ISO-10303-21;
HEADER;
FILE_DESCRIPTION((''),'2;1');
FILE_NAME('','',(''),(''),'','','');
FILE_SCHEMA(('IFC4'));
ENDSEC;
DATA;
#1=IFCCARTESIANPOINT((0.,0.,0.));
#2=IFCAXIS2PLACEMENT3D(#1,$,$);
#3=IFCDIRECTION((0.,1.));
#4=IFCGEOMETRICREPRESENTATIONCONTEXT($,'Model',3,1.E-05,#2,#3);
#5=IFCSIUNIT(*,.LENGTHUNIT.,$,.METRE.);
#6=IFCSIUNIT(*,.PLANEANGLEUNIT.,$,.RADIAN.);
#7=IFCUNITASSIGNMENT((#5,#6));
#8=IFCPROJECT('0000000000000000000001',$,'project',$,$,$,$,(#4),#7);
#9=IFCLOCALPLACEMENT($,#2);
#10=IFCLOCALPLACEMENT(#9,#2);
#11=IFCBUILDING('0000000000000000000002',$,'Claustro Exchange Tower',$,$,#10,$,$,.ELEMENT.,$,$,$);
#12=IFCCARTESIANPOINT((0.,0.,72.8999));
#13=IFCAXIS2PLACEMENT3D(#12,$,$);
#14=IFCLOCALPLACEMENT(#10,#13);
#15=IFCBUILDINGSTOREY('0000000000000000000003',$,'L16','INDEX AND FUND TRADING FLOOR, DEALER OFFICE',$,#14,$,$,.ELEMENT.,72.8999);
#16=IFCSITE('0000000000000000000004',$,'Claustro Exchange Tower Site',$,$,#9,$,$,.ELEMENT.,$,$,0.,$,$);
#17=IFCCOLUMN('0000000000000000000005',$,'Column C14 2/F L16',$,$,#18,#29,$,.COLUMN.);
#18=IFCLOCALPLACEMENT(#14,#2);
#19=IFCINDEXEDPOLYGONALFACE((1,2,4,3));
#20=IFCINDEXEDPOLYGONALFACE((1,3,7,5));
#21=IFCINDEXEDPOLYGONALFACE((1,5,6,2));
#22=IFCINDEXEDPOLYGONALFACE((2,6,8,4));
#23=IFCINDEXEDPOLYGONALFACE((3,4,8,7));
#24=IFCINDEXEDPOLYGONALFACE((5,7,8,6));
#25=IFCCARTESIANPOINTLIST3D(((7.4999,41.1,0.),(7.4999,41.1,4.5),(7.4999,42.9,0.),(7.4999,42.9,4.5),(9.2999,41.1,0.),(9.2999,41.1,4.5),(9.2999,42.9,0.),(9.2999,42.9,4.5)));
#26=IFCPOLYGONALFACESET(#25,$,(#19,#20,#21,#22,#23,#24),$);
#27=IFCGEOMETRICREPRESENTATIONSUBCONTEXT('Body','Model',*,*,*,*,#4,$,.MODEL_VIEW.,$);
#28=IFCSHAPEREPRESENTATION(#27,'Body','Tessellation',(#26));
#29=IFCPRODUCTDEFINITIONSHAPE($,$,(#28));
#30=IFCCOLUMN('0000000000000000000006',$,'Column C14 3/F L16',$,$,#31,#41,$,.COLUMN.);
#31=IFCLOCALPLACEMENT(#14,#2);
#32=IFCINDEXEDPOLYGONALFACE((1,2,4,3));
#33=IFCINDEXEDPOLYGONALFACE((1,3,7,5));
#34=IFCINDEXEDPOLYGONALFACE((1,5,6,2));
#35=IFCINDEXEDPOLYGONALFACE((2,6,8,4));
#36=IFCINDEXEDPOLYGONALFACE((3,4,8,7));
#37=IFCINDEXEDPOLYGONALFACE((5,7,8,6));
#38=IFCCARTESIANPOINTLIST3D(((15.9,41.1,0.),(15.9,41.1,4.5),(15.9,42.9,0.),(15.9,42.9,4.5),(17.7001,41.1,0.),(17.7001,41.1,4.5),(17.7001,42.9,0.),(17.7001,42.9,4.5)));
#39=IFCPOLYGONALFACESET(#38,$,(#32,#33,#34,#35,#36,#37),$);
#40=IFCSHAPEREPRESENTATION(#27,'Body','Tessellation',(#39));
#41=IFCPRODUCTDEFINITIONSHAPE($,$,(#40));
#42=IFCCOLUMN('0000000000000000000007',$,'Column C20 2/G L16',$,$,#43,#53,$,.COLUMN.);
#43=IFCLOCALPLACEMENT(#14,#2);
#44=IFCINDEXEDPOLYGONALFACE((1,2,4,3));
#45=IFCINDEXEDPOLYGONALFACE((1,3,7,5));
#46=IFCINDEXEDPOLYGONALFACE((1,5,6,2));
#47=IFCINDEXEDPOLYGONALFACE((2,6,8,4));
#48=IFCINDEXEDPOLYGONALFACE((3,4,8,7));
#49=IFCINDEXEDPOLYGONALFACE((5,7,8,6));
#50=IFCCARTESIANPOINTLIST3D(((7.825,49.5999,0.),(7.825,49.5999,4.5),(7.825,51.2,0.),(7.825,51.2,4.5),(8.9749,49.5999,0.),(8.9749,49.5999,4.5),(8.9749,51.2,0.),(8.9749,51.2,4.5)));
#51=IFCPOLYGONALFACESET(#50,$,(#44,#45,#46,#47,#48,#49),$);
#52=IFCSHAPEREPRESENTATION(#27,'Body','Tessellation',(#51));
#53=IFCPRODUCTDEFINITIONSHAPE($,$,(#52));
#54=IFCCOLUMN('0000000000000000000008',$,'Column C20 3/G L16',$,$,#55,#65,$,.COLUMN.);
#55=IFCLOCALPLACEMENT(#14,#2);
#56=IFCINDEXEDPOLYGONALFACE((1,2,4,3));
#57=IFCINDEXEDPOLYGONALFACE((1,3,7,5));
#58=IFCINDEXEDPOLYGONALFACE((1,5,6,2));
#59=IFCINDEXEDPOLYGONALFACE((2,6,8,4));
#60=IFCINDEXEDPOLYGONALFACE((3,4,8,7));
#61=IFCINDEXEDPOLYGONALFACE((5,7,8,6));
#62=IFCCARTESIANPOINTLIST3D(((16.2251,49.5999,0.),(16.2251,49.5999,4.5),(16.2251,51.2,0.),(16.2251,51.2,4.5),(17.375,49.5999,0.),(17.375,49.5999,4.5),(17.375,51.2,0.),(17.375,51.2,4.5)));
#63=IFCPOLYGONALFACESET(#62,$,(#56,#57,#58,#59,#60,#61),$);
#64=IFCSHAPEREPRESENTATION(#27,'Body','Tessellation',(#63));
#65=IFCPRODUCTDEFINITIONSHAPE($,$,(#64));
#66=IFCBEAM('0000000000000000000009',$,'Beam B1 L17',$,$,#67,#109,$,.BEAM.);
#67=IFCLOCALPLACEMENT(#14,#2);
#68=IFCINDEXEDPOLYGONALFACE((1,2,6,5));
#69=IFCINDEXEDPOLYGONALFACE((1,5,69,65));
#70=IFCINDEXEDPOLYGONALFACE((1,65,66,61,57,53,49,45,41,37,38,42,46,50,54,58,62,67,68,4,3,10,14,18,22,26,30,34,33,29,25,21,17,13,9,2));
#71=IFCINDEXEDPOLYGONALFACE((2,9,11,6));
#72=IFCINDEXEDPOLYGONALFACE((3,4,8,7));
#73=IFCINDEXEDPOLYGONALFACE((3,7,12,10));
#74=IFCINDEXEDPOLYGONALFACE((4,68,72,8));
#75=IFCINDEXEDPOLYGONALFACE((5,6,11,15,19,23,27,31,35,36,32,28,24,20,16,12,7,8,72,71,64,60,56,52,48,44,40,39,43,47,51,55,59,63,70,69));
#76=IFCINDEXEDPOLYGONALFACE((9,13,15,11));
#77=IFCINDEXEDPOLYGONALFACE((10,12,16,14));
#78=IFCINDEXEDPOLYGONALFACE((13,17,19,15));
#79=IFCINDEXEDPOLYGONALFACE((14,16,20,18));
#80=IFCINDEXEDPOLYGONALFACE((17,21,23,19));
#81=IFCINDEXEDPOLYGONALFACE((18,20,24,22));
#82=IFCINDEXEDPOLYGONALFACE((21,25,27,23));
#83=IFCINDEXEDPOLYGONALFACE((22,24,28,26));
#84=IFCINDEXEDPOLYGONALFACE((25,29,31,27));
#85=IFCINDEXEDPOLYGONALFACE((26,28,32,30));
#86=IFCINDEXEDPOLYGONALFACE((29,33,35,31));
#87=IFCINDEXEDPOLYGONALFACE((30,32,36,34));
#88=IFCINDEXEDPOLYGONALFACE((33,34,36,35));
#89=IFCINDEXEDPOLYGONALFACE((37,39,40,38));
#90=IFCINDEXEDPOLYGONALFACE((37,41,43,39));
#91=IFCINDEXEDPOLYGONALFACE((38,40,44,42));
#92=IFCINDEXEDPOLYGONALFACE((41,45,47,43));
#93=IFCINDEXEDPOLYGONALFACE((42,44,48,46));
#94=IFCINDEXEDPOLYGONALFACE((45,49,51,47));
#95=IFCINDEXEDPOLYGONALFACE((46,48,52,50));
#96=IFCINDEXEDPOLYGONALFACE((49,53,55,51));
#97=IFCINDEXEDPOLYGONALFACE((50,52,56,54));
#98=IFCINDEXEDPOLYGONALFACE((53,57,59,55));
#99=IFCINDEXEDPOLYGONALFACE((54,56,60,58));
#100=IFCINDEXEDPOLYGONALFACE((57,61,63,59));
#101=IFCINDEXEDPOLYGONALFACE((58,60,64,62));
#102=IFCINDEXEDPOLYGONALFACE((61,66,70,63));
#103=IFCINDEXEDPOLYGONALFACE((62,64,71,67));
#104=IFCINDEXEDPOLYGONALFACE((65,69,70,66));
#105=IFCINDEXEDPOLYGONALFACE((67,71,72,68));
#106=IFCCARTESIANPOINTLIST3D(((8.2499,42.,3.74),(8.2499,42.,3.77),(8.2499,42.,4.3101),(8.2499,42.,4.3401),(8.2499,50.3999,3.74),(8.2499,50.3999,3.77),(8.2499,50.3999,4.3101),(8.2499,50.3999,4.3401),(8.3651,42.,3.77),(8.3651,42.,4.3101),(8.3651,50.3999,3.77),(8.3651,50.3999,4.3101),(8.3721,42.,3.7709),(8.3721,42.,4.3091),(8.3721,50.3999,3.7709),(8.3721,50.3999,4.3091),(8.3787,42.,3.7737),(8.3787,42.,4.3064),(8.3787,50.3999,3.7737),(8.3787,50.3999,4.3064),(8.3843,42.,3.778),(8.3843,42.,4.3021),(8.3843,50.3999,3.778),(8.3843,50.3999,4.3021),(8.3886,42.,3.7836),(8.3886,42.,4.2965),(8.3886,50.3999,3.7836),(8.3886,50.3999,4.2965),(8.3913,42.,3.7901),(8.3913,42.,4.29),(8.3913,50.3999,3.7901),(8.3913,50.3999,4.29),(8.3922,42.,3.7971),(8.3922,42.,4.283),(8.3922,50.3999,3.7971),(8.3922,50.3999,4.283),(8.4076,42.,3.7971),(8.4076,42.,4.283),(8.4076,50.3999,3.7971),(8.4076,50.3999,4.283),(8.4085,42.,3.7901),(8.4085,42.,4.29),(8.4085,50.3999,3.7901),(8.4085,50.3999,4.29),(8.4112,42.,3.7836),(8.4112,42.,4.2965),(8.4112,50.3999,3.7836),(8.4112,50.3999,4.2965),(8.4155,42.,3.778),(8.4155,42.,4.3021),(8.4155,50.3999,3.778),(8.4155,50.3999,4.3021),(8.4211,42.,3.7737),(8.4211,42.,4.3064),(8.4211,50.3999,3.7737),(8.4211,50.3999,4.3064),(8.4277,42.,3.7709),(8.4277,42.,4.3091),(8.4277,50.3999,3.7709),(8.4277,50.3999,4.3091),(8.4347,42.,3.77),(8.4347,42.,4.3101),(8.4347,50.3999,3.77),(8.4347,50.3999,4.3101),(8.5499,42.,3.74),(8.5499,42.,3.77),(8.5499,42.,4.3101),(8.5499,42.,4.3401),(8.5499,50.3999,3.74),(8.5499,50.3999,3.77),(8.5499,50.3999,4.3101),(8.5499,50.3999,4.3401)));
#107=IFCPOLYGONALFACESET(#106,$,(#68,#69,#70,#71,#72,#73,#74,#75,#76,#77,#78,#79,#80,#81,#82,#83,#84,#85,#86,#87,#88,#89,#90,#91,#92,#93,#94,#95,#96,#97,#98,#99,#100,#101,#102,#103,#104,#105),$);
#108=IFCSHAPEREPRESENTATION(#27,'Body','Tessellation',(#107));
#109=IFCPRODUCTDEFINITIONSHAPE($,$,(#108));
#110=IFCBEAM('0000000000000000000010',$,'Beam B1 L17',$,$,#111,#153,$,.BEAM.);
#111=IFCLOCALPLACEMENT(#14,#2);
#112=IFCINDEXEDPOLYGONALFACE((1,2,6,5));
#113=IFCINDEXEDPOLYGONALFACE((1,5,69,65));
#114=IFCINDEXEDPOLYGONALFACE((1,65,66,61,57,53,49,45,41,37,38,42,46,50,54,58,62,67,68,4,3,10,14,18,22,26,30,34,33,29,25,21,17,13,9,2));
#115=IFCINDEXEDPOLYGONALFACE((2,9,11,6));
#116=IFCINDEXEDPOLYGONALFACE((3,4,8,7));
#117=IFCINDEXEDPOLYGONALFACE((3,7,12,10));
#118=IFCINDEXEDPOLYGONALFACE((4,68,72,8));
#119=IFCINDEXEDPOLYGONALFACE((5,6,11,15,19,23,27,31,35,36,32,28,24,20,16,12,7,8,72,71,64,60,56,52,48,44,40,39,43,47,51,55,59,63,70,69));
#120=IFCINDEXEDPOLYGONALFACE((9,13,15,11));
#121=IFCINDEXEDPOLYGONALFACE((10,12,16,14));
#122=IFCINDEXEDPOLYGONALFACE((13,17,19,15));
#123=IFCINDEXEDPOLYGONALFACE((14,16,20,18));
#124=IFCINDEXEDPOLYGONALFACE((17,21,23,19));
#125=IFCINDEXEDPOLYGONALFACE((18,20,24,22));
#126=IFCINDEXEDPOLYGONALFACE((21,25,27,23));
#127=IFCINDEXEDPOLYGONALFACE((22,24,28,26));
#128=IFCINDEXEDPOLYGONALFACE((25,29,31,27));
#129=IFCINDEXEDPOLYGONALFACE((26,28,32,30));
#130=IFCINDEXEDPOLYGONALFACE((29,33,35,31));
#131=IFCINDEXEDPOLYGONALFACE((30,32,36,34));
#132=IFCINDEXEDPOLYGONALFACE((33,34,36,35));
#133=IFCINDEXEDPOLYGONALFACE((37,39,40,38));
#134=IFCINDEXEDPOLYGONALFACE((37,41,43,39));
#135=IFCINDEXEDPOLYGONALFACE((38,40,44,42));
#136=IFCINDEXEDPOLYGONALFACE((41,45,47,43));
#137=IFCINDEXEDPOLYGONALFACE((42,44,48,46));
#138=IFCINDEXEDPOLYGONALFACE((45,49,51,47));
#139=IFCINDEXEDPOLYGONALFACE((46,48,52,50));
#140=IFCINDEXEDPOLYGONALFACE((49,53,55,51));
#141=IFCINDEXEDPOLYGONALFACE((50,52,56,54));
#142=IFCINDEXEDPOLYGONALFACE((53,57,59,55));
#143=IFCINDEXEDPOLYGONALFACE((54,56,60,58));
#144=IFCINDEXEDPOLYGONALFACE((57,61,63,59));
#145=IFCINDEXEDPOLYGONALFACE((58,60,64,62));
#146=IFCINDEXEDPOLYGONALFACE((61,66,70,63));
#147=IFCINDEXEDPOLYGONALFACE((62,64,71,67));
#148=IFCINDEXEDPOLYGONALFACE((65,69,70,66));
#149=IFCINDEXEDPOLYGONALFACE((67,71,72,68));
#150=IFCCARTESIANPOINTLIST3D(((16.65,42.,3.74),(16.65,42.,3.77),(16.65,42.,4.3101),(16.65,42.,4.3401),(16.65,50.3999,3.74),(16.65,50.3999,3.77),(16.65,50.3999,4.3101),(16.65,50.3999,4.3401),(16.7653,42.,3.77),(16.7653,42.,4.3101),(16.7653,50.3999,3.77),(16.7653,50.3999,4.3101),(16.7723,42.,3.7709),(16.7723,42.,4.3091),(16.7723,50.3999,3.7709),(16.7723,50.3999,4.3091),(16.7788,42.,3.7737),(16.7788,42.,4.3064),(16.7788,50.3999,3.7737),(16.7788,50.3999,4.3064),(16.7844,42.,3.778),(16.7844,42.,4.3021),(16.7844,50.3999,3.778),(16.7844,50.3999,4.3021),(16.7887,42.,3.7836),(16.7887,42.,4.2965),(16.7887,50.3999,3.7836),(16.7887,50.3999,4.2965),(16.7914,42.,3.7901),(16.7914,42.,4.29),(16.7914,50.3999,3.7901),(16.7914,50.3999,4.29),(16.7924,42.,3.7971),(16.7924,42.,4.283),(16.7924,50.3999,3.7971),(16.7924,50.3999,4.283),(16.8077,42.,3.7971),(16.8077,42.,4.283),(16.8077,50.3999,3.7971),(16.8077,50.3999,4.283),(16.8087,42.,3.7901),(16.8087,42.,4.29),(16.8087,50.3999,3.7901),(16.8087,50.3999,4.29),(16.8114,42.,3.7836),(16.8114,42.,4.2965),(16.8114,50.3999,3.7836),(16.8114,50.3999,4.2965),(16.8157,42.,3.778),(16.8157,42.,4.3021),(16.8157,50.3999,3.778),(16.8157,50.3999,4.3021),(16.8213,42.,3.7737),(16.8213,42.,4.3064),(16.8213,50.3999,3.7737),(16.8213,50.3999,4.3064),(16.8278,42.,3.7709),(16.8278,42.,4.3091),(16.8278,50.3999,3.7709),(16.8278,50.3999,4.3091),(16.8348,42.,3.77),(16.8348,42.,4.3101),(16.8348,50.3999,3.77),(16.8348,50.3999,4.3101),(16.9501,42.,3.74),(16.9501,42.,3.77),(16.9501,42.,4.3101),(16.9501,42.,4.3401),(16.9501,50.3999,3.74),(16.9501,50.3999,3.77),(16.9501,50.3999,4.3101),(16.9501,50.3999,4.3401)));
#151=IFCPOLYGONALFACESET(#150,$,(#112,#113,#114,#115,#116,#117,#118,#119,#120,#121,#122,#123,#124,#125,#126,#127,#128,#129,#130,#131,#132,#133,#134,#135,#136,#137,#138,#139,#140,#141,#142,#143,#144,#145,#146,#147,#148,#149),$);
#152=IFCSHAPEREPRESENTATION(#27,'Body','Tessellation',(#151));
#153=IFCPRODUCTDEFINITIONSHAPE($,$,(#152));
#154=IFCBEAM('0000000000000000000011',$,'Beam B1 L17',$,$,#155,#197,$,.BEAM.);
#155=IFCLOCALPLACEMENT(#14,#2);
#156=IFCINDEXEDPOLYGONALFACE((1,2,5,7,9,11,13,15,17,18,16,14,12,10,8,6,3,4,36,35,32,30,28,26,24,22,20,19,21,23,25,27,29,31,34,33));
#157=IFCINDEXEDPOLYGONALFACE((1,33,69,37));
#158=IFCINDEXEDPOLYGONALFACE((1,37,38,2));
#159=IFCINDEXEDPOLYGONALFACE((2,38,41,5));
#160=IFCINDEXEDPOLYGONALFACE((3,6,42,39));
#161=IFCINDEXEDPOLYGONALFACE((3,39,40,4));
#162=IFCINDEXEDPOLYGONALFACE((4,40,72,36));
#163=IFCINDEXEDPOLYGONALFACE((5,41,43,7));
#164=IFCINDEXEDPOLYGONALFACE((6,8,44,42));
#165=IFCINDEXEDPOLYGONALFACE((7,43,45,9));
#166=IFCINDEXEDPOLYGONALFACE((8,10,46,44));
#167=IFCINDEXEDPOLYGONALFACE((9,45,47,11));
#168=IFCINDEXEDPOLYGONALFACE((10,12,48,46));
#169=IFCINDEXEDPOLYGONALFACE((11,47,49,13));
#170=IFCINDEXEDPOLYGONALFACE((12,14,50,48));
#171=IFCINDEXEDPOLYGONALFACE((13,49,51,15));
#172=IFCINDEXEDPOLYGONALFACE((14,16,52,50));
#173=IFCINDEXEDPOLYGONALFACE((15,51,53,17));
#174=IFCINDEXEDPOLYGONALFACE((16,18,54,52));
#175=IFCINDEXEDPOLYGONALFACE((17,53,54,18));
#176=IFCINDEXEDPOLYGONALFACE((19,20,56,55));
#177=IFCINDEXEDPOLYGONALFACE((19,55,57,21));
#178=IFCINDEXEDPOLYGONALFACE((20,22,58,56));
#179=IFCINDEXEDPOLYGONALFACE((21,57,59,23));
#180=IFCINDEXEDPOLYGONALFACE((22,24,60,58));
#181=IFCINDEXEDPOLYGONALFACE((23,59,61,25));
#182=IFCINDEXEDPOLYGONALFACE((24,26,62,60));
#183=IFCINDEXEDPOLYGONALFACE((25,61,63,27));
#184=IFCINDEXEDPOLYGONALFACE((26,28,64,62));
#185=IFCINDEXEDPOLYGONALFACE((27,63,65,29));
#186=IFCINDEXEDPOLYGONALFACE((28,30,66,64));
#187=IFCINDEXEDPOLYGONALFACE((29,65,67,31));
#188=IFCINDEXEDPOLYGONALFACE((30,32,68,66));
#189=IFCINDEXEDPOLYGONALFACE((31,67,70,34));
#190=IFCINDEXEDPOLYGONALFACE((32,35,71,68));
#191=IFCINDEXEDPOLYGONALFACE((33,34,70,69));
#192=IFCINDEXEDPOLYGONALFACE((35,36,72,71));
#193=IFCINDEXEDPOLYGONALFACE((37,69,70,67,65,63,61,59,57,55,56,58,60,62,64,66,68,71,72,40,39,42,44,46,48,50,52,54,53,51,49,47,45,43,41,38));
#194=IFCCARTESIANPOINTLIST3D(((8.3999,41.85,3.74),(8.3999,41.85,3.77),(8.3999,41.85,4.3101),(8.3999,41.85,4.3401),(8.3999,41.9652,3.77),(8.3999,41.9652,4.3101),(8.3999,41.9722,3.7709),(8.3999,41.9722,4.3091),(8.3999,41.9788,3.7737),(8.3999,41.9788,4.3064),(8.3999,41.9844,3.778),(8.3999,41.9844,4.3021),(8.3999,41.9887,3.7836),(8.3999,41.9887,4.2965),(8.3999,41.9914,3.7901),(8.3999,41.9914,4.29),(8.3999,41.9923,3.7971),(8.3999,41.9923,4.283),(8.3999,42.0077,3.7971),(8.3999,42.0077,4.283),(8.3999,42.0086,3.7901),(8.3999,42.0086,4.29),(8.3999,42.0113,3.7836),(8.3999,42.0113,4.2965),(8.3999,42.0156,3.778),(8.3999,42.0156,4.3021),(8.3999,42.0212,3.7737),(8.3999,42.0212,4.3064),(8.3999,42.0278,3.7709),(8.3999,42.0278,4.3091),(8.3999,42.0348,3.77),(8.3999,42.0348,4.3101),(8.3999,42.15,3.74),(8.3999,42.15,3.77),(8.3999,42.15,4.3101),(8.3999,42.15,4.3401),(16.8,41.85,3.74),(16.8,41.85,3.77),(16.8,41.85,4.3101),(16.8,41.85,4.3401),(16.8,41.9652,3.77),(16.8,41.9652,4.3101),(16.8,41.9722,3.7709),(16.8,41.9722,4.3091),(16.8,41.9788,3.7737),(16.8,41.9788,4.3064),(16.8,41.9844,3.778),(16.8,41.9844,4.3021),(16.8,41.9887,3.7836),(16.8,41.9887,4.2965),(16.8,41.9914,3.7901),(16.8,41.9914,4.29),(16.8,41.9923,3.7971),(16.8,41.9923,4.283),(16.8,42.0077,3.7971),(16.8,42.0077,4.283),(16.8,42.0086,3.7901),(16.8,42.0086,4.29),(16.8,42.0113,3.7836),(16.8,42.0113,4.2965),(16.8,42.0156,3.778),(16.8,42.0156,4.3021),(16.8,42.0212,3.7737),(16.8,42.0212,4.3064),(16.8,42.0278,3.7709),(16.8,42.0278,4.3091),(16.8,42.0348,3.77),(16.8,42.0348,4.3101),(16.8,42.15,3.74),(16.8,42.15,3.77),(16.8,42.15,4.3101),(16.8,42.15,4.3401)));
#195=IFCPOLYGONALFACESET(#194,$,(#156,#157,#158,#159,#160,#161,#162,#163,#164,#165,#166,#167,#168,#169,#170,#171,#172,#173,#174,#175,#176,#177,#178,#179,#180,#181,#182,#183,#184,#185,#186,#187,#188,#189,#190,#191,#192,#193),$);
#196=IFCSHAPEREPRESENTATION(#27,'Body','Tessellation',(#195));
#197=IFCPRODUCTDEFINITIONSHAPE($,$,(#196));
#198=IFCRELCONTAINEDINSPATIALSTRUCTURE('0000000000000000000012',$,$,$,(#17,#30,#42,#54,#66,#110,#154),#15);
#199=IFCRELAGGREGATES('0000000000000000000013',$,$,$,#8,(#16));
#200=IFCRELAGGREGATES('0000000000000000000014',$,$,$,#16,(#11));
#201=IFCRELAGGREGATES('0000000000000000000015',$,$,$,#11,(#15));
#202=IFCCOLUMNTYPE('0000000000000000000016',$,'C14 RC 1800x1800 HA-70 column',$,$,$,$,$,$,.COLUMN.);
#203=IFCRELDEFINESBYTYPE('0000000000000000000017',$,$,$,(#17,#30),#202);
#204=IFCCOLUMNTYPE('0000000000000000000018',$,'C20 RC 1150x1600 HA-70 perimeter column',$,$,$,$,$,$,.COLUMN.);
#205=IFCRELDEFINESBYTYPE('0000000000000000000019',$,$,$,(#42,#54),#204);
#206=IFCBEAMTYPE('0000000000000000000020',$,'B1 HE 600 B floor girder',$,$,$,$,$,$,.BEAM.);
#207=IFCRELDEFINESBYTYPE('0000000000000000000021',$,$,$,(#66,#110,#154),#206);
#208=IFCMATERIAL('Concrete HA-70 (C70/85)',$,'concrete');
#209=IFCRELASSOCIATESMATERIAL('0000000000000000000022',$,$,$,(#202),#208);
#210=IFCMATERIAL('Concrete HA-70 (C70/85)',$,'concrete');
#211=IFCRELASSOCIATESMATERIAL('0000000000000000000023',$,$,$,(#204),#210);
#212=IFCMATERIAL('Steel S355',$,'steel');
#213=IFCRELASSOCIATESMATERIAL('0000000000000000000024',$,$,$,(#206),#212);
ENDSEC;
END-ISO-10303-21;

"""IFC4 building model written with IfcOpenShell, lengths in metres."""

from ifc_helpers import new_model, si_unit, direction, frame, origin, origin_2d, place, context, subcontext, project, spatial, rectangle, i_section, extrude, material, material_profile, profile_set, type_object, element, save


model = new_model("IFC4")

# Units and contexts
model_context = context("Model", 3, precision=1e-05, world=origin(), true_north=direction((0.0, 1.0)))
body_context = subcontext(model_context, "Body", "Model", "MODEL_VIEW")
ifc_project = project(units=[si_unit("LENGTHUNIT", "METRE"), si_unit("PLANEANGLEUNIT", "RADIAN")], contexts=[model_context])

# Site, building, storey
site_placement = place(None, origin())
site = spatial("IfcSite", under=ifc_project, at=site_placement, Name="Claustro Exchange Tower Site", CompositionType="ELEMENT", RefElevation=0.0)
building_placement = place(site_placement, origin())
building = spatial("IfcBuilding", under=site, at=building_placement, Name="Claustro Exchange Tower", CompositionType="ELEMENT")
storey_placement = place(building_placement, frame((0.0, 0.0, 72.8999)))
storey = spatial("IfcBuildingStorey", under=building, at=storey_placement, Name="L16", Description="INDEX AND FUND TRADING FLOOR, DEALER OFFICE", CompositionType="ELEMENT", Elevation=72.8999)

# Columns
ifc_material_1 = material(Name="Concrete HA-70 (C70/85)", Category="concrete")
ifc_material_profile_1 = material_profile(ifc_material_1, rectangle(XDim=1.8, YDim=1.8, at=origin_2d()), Name="RC 1800x1800")
ifc_profile_set_1 = profile_set([ifc_material_profile_1], Name="Concrete HA-70 (C70/85)")
column_type_1 = type_object("IfcColumnType", Name="C14 RC 1800x1800 HA-70 column", PredefinedType="COLUMN", material=ifc_profile_set_1)
for number, where, z_axis, x_axis, name in (
    (1, (8.3999, 42.0, 0.0), (0.0, 0.0, 1.0), (1.0, 0.0, 0.0), "Column C14 2/F L16"),
    (2, (16.8, 42.0, 0.0), (0.0, 0.0, 1.0), (1.0, 0.0, 0.0), "Column C14 3/F L16"),
):
    element("IfcColumn", number, at=place(storey_placement, frame(where, z_axis=z_axis, x_axis=x_axis)), inside=storey, type_object=column_type_1, Name=name, PredefinedType="COLUMN", context=body_context, shape_type="SweptSolid", body=[
        extrude(rectangle(XDim=1.8, YDim=1.8, at=origin_2d()), origin(), (0.0, 0.0, 1.0), 4.5),
    ])
ifc_material_2 = material(Name="Concrete HA-70 (C70/85)", Category="concrete")
ifc_material_profile_2 = material_profile(ifc_material_2, rectangle(XDim=1.1499, YDim=1.6001, at=origin_2d()), Name="RC 1150x1600")
ifc_profile_set_2 = profile_set([ifc_material_profile_2], Name="Concrete HA-70 (C70/85)")
column_type_2 = type_object("IfcColumnType", Name="C20 RC 1150x1600 HA-70 perimeter column", PredefinedType="COLUMN", material=ifc_profile_set_2)
for number, where, z_axis, x_axis, name in (
    (3, (8.3999, 50.3999, 0.0), (0.0, 0.0, 1.0), (1.0, 0.0, 0.0), "Column C20 2/G L16"),
    (4, (16.8, 50.3999, 0.0), (0.0, 0.0, 1.0), (1.0, 0.0, 0.0), "Column C20 3/G L16"),
):
    element("IfcColumn", number, at=place(storey_placement, frame(where, z_axis=z_axis, x_axis=x_axis)), inside=storey, type_object=column_type_2, Name=name, PredefinedType="COLUMN", context=body_context, shape_type="SweptSolid", body=[
        extrude(rectangle(XDim=1.1499, YDim=1.6001, at=origin_2d()), origin(), (0.0, 0.0, 1.0), 4.5),
    ])

# Beams
ifc_material_3 = material(Name="Steel S355", Category="steel")
ifc_material_profile_3 = material_profile(ifc_material_3, i_section(OverallWidth=0.3, OverallDepth=0.6001, WebThickness=0.0154, FlangeThickness=0.03, FilletRadius=0.0271, at=origin_2d()), Name="HE 600 B")
ifc_profile_set_3 = profile_set([ifc_material_profile_3], Name="Steel S355")
beam_type_1 = type_object("IfcBeamType", Name="B1 HE 600 B floor girder", PredefinedType="BEAM", material=ifc_profile_set_3)
for number, where, z_axis, x_axis, name in (
    (5, (8.3999, 42.0, 4.04), (0.0, 1.0, 0.0), (-1.0, 0.0, 0.0), "Beam B1 L17"),
    (6, (16.8, 42.0, 4.04), (0.0, 1.0, 0.0), (-1.0, 0.0, 0.0), "Beam B1 L17"),
):
    element("IfcBeam", number, at=place(storey_placement, frame(where, z_axis=z_axis, x_axis=x_axis)), inside=storey, type_object=beam_type_1, Name=name, PredefinedType="BEAM", context=body_context, shape_type="SweptSolid", body=[
        extrude(i_section(OverallWidth=0.3, OverallDepth=0.6001, WebThickness=0.0154, FlangeThickness=0.03, FilletRadius=0.0271, at=origin_2d()), origin(), (0.0, 0.0, 1.0), 8.3999),
    ])
beam_1_placement = place(storey_placement, frame((8.3999, 42.0, 4.04), z_axis=(1.0, 0.0, 0.0), x_axis=(0.0, 1.0, 0.0)))
element("IfcBeam", 7, at=beam_1_placement, inside=storey, type_object=beam_type_1, Name="Beam B1 L17", PredefinedType="BEAM", context=body_context, shape_type="SweptSolid", body=[
    extrude(i_section(OverallWidth=0.3, OverallDepth=0.6001, WebThickness=0.0154, FlangeThickness=0.03, FilletRadius=0.0271, at=origin_2d()), origin(), (0.0, 0.0, 1.0), 8.4001),
])

save(model, "model.ifc")
